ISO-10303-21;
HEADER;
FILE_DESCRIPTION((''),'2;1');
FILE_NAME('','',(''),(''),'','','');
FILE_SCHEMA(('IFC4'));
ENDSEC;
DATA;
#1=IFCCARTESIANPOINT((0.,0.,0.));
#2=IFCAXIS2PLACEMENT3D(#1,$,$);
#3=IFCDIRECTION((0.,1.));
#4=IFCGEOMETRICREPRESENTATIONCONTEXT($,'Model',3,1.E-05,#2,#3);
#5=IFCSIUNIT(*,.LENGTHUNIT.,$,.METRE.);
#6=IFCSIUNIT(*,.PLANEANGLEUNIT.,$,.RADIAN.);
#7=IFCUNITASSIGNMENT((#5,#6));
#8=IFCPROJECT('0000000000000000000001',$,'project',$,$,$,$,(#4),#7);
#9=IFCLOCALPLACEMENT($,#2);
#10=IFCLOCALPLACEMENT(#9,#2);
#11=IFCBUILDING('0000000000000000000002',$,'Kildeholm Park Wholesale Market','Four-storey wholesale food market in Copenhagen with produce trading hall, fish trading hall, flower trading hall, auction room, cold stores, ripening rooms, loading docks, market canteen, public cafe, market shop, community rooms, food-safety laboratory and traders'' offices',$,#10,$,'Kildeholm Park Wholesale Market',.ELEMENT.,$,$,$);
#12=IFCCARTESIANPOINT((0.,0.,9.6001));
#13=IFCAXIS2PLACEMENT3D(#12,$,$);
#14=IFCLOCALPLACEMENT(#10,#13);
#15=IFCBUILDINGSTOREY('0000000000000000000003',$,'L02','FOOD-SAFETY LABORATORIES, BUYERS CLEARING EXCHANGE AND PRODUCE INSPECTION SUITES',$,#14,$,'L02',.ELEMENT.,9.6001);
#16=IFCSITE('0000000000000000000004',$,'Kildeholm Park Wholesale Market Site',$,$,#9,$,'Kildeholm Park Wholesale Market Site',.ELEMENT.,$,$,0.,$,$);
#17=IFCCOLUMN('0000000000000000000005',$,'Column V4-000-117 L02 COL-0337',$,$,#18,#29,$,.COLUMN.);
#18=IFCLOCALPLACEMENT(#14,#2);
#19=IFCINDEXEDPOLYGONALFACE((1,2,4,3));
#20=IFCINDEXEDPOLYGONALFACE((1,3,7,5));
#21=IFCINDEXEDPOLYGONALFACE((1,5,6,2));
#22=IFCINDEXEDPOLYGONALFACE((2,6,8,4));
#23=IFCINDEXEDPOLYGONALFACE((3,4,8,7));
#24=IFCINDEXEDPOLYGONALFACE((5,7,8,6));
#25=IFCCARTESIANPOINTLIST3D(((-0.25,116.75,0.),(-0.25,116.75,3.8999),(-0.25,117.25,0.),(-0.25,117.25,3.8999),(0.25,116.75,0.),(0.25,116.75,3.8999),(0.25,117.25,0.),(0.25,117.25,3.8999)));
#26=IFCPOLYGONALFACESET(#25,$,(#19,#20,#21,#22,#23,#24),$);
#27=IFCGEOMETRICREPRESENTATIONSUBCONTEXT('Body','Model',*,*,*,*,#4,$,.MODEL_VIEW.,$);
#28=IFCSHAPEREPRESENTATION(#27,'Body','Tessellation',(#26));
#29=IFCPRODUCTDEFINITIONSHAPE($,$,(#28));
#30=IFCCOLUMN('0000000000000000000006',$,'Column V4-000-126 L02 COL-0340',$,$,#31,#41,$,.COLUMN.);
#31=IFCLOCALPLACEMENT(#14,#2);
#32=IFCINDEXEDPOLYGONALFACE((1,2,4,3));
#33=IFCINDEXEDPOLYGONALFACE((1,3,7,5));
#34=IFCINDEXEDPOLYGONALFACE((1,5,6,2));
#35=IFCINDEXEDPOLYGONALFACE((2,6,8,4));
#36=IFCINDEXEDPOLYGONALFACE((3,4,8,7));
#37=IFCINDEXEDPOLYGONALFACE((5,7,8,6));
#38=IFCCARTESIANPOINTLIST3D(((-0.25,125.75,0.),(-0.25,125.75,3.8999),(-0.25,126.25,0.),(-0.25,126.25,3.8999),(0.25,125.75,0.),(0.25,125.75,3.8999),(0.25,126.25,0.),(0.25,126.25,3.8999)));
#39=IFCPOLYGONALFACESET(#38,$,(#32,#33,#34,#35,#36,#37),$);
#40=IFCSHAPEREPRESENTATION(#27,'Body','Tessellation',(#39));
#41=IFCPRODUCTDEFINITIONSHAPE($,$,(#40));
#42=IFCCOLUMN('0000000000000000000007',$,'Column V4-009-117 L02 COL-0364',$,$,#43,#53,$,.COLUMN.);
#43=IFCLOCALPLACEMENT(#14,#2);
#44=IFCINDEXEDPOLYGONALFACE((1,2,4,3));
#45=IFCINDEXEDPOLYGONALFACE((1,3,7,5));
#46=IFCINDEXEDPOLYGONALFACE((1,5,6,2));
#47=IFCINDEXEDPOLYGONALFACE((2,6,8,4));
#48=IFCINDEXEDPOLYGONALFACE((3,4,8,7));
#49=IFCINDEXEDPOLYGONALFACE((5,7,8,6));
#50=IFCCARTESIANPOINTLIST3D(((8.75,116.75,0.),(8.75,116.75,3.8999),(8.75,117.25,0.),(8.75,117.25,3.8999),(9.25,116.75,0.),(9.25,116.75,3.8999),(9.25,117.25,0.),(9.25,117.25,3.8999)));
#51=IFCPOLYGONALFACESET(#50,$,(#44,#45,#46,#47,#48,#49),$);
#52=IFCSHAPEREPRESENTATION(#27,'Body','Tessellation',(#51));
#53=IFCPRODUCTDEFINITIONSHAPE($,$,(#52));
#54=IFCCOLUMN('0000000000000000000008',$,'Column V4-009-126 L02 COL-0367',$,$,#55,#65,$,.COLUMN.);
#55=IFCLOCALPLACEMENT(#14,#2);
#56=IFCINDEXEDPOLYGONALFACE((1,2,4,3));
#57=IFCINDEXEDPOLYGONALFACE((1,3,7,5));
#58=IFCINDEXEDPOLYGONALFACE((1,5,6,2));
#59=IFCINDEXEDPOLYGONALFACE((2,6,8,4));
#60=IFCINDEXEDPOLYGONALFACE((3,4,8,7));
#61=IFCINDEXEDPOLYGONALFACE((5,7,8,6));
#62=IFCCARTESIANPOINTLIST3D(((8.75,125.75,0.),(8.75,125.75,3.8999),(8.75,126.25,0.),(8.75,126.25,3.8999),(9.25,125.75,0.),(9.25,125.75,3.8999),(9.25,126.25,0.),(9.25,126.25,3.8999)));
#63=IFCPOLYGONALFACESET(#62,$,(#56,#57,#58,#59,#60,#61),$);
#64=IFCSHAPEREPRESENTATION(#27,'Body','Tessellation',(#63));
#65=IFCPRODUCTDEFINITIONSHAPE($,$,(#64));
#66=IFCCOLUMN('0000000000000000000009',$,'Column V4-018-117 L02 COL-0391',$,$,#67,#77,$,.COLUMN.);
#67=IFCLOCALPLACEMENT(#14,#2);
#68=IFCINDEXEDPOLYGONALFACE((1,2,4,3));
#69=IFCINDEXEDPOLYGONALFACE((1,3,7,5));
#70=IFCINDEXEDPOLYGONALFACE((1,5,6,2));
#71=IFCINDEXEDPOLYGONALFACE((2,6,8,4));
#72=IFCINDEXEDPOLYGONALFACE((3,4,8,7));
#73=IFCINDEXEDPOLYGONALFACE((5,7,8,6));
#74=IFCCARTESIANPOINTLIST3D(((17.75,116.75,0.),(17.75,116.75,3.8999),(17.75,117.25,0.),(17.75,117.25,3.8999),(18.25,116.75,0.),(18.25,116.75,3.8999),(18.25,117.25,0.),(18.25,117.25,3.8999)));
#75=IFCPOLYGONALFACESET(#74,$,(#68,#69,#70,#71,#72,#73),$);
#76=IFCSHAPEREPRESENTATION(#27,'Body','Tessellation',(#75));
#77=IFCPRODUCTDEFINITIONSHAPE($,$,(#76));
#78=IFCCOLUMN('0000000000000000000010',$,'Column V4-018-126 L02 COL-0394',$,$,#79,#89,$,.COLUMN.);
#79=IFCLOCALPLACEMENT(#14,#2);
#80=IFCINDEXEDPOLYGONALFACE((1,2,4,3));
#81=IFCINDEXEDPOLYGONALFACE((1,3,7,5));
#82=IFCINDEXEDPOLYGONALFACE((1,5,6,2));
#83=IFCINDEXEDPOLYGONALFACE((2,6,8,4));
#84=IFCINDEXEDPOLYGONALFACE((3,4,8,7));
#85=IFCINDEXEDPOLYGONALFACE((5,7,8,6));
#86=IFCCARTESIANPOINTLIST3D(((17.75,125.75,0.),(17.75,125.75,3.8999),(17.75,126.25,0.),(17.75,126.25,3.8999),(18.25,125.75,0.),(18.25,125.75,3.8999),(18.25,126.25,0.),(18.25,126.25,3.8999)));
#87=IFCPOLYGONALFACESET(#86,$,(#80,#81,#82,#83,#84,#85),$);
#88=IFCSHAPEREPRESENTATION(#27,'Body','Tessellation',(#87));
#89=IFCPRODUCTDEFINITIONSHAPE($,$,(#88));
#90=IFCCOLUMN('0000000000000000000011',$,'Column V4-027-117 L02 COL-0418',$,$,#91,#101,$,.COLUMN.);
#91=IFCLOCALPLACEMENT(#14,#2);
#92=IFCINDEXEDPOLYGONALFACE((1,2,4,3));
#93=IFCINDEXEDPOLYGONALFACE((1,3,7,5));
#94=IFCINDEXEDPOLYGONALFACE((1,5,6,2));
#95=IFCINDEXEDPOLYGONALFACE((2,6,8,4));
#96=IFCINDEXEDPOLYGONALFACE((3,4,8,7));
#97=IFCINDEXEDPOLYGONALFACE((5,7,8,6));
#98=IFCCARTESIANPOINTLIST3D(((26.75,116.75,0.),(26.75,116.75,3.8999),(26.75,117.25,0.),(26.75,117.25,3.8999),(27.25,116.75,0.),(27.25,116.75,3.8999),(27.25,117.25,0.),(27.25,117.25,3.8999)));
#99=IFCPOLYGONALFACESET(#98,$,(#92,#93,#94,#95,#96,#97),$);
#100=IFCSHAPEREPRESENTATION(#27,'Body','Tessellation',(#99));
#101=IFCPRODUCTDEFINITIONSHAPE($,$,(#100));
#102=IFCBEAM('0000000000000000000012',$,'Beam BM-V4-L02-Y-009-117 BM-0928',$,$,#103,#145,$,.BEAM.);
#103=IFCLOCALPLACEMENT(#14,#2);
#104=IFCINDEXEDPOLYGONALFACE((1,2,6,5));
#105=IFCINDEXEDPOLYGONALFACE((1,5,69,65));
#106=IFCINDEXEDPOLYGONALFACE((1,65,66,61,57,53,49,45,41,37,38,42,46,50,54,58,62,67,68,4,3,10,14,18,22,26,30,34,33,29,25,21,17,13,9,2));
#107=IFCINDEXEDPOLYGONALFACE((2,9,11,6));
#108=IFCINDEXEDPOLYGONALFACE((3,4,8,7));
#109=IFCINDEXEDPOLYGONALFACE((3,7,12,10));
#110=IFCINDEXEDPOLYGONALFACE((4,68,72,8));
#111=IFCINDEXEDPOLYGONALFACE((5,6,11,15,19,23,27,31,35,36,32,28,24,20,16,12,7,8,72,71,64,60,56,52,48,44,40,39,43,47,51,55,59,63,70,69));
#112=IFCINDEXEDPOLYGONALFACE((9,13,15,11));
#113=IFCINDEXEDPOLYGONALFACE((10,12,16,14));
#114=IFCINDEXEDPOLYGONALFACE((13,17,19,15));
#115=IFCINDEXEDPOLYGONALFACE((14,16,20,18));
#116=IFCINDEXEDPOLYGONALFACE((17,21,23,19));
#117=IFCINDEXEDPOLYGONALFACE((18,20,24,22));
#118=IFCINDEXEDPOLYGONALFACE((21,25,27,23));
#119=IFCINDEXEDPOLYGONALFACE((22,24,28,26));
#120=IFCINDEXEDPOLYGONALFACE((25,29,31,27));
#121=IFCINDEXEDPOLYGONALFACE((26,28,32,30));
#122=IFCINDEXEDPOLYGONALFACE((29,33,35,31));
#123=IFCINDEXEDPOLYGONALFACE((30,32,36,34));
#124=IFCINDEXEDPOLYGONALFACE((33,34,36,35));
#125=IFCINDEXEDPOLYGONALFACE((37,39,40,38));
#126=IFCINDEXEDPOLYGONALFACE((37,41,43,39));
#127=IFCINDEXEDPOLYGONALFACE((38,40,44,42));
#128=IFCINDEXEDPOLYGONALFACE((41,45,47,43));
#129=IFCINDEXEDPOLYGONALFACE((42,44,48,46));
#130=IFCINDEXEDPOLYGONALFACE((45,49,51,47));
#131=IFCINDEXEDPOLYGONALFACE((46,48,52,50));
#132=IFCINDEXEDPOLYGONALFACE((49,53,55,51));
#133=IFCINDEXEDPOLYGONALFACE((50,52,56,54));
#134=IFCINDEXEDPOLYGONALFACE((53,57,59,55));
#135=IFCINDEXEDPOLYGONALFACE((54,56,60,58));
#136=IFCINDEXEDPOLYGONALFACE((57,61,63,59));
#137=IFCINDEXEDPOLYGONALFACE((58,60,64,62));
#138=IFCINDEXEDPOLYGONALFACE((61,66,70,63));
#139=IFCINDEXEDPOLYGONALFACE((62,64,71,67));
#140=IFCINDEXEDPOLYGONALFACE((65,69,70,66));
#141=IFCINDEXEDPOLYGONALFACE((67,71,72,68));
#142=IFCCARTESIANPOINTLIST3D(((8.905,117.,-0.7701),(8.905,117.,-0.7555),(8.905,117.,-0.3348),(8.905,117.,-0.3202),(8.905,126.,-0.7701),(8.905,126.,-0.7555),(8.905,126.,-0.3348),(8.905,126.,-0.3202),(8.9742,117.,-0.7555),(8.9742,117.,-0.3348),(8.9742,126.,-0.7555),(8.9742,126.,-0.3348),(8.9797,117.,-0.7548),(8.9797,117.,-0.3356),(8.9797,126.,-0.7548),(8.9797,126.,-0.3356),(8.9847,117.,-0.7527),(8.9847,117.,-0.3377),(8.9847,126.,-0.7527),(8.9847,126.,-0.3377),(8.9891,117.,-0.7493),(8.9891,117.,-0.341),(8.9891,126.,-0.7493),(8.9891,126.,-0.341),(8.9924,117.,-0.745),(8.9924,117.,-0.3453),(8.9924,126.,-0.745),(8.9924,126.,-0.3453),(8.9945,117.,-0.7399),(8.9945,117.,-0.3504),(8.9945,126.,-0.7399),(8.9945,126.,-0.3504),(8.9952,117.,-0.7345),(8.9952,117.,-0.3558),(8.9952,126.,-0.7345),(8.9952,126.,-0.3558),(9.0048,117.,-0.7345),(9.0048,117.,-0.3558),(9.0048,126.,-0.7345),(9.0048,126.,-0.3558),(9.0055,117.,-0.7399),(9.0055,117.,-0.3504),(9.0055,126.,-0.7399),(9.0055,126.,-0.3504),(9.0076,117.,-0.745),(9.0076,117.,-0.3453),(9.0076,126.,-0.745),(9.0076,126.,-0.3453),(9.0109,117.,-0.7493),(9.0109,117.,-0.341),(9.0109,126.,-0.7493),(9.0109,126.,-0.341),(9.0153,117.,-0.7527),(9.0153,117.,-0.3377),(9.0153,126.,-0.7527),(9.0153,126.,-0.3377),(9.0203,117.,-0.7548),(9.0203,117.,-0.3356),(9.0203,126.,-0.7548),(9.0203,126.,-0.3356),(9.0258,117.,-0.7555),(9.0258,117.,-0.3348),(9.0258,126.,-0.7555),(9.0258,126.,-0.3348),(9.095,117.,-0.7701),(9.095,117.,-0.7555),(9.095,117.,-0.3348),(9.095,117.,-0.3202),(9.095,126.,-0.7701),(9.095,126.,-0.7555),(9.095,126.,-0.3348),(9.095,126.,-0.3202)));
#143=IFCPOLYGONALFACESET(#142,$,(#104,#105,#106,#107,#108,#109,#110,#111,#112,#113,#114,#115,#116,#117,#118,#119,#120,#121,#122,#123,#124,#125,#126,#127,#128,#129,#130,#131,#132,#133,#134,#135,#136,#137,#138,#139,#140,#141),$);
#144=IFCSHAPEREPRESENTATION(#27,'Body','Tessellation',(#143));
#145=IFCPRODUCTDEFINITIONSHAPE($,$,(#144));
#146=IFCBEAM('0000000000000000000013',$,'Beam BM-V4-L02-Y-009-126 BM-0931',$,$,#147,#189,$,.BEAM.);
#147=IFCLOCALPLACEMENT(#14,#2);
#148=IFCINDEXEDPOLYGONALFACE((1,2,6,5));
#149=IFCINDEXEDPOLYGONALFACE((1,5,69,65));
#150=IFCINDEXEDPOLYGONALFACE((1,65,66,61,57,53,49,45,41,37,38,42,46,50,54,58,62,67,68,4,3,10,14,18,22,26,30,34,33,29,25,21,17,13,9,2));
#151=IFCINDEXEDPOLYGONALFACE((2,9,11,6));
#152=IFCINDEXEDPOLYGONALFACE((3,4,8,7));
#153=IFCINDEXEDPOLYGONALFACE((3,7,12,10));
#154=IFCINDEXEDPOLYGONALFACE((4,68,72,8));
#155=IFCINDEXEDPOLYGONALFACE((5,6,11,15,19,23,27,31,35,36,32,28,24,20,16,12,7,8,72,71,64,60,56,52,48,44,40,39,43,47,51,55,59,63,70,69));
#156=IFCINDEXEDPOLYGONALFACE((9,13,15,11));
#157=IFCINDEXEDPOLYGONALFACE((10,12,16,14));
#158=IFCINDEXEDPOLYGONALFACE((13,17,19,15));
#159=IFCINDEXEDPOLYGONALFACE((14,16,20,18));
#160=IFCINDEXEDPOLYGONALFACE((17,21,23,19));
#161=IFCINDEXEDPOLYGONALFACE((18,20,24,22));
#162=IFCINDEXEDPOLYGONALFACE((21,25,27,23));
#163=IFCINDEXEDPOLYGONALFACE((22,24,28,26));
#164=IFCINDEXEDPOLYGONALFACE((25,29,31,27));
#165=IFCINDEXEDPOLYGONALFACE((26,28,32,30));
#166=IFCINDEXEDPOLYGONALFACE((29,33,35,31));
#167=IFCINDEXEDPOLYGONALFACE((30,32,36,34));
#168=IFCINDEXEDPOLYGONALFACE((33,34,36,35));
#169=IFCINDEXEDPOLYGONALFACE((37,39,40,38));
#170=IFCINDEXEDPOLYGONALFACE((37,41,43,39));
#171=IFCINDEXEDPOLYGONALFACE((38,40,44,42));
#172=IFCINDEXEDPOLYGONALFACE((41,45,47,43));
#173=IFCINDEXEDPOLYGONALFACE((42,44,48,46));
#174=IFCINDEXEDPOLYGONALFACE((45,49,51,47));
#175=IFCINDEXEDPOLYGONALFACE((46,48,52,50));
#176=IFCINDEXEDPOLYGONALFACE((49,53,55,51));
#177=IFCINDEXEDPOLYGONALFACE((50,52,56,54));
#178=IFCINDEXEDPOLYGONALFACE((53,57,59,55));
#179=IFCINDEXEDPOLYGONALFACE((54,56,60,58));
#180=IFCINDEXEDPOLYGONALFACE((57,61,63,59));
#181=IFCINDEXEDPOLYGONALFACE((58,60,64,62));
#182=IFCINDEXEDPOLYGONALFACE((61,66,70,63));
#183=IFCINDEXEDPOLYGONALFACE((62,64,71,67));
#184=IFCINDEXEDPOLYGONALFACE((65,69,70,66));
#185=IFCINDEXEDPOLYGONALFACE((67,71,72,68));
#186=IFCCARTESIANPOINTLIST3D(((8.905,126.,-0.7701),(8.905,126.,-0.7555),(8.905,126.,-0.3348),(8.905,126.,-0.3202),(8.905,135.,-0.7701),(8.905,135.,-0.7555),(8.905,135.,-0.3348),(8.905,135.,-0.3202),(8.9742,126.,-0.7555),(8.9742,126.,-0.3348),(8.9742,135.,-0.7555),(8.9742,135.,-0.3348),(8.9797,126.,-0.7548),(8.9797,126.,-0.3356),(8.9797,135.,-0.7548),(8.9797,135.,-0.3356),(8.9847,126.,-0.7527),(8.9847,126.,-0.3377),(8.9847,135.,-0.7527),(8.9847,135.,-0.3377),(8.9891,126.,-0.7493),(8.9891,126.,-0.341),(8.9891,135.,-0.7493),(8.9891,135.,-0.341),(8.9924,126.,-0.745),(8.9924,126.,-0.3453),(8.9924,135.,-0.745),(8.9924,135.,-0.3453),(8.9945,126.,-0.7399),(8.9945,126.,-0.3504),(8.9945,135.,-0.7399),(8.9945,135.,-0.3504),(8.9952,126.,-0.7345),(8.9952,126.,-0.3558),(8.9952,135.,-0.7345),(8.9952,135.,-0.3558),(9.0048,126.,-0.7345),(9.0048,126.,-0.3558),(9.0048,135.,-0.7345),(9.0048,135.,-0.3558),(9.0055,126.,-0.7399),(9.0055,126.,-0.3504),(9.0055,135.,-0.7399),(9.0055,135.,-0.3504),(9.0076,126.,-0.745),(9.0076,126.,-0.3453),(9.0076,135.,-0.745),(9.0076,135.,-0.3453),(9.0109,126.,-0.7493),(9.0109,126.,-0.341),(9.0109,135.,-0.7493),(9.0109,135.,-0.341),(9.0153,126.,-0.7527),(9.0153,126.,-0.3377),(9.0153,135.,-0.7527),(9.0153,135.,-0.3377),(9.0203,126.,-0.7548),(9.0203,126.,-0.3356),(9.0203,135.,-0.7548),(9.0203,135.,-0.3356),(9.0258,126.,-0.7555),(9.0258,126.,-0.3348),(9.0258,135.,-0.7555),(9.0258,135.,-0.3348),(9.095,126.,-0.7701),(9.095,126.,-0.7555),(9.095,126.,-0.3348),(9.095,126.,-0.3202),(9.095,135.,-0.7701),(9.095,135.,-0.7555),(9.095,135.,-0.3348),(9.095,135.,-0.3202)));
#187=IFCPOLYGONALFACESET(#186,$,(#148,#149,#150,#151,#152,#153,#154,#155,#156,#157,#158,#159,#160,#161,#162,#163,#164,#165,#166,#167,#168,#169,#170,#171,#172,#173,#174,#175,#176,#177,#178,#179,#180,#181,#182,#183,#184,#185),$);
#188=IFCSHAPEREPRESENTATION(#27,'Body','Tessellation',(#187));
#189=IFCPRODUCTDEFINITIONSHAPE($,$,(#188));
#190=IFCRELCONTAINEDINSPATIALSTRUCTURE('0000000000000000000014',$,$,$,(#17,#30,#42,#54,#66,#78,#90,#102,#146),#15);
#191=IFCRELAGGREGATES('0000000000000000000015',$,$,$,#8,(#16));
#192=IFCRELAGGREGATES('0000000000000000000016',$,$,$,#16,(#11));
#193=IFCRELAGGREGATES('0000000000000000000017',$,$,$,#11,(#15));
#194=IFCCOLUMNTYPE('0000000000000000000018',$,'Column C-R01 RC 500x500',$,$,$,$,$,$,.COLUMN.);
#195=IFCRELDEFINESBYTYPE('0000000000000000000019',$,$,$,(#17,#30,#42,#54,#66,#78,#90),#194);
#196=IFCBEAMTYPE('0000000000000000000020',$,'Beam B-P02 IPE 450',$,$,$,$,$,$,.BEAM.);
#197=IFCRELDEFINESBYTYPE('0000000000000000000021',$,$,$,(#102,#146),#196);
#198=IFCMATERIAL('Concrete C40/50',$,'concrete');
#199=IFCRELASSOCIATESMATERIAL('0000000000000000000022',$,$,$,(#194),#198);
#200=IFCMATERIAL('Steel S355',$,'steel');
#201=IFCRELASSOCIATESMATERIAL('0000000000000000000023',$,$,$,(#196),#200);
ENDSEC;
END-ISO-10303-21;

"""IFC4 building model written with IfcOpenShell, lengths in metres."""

from ifc_helpers import new_model, si_unit, direction, frame, origin, origin_2d, place, context, subcontext, project, spatial, rectangle, i_section, extrude, material, material_profile, profile_set, type_object, element, save


model = new_model("IFC4")

# Units and contexts
model_context = context("Model", 3, precision=1e-05, world=origin(), true_north=direction((0.0, 1.0)))
body_context = subcontext(model_context, "Body", "Model", "MODEL_VIEW")
ifc_project = project(units=[si_unit("LENGTHUNIT", "METRE"), si_unit("PLANEANGLEUNIT", "RADIAN")], contexts=[model_context])

# Site, building, storey
site_placement = place(None, origin())
site = spatial("IfcSite", under=ifc_project, at=site_placement, Name="Kildeholm Park Wholesale Market Site", LongName="Kildeholm Park Wholesale Market Site", CompositionType="ELEMENT", RefElevation=0.0)
building_placement = place(site_placement, origin())
building = spatial("IfcBuilding", under=site, at=building_placement, Name="Kildeholm Park Wholesale Market", Description="Four-storey wholesale food market in Copenhagen with produce trading hall, fish trading hall, flower trading hall, auction room, cold stores, ripening rooms, loading docks, market canteen, public cafe, market shop, community rooms, food-safety laboratory and traders' offices", LongName="Kildeholm Park Wholesale Market", CompositionType="ELEMENT")
storey_placement = place(building_placement, frame((0.0, 0.0, 9.6001)))
storey = spatial("IfcBuildingStorey", under=building, at=storey_placement, Name="L02", Description="FOOD-SAFETY LABORATORIES, BUYERS CLEARING EXCHANGE AND PRODUCE INSPECTION SUITES", LongName="L02", CompositionType="ELEMENT", Elevation=9.6001)

# Columns
ifc_material_1 = material(Name="Concrete C40/50", Category="concrete")
ifc_material_profile_1 = material_profile(ifc_material_1, rectangle(XDim=0.5, YDim=0.5, at=origin_2d()), Name="RC 500x500")
ifc_profile_set_1 = profile_set([ifc_material_profile_1], Name="Concrete C40/50")
column_type = type_object("IfcColumnType", Name="Column C-R01 RC 500x500", PredefinedType="COLUMN", material=ifc_profile_set_1)
for number, where, z_axis, x_axis, name in (
    (1, (0.0, 117.0, 0.0), (0.0, 0.0, 1.0), (1.0, 0.0, 0.0), "Column V4-000-117 L02 COL-0337"),
    (2, (0.0, 126.0, 0.0), (0.0, 0.0, 1.0), (1.0, 0.0, 0.0), "Column V4-000-126 L02 COL-0340"),
    (3, (9.0, 117.0, 0.0), (0.0, 0.0, 1.0), (1.0, 0.0, 0.0), "Column V4-009-117 L02 COL-0364"),
    (4, (9.0, 126.0, 0.0), (0.0, 0.0, 1.0), (1.0, 0.0, 0.0), "Column V4-009-126 L02 COL-0367"),
    (5, (18.0, 117.0, 0.0), (0.0, 0.0, 1.0), (1.0, 0.0, 0.0), "Column V4-018-117 L02 COL-0391"),
    (6, (18.0, 126.0, 0.0), (0.0, 0.0, 1.0), (1.0, 0.0, 0.0), "Column V4-018-126 L02 COL-0394"),
    (7, (27.0, 117.0, 0.0), (0.0, 0.0, 1.0), (1.0, 0.0, 0.0), "Column V4-027-117 L02 COL-0418"),
):
    element("IfcColumn", number, at=place(storey_placement, frame(where, z_axis=z_axis, x_axis=x_axis)), inside=storey, type_object=column_type, Name=name, PredefinedType="COLUMN", context=body_context, shape_type="SweptSolid", body=[
        extrude(rectangle(XDim=0.5, YDim=0.5, at=origin_2d()), origin(), (0.0, 0.0, 1.0), 3.8999),
    ])

# Beams
ifc_material_2 = material(Name="Steel S355", Category="steel")
ifc_material_profile_2 = material_profile(ifc_material_2, i_section(OverallWidth=0.1899, OverallDepth=0.45, WebThickness=0.0095, FlangeThickness=0.0146, FilletRadius=0.021, at=origin_2d()), Name="IPE 450")
ifc_profile_set_2 = profile_set([ifc_material_profile_2], Name="Steel S355")
beam_type_1 = type_object("IfcBeamType", Name="Beam B-P02 IPE 450", PredefinedType="BEAM", material=ifc_profile_set_2)
for number, where, z_axis, x_axis, name in (
    (8, (9.0, 117.0, -0.5452), (0.0, 1.0, 0.0), (-1.0, 0.0, 0.0), "Beam BM-V4-L02-Y-009-117 BM-0928"),
    (9, (9.0, 126.0, -0.5452), (0.0, 1.0, 0.0), (-1.0, 0.0, 0.0), "Beam BM-V4-L02-Y-009-126 BM-0931"),
):
    element("IfcBeam", number, at=place(storey_placement, frame(where, z_axis=z_axis, x_axis=x_axis)), inside=storey, type_object=beam_type_1, Name=name, PredefinedType="BEAM", context=body_context, shape_type="SweptSolid", body=[
        extrude(i_section(OverallWidth=0.1899, OverallDepth=0.45, WebThickness=0.0095, FlangeThickness=0.0146, FilletRadius=0.021, at=origin_2d()), origin(), (0.0, 0.0, 1.0), 9.0),
    ])

save(model, "model.ifc")
